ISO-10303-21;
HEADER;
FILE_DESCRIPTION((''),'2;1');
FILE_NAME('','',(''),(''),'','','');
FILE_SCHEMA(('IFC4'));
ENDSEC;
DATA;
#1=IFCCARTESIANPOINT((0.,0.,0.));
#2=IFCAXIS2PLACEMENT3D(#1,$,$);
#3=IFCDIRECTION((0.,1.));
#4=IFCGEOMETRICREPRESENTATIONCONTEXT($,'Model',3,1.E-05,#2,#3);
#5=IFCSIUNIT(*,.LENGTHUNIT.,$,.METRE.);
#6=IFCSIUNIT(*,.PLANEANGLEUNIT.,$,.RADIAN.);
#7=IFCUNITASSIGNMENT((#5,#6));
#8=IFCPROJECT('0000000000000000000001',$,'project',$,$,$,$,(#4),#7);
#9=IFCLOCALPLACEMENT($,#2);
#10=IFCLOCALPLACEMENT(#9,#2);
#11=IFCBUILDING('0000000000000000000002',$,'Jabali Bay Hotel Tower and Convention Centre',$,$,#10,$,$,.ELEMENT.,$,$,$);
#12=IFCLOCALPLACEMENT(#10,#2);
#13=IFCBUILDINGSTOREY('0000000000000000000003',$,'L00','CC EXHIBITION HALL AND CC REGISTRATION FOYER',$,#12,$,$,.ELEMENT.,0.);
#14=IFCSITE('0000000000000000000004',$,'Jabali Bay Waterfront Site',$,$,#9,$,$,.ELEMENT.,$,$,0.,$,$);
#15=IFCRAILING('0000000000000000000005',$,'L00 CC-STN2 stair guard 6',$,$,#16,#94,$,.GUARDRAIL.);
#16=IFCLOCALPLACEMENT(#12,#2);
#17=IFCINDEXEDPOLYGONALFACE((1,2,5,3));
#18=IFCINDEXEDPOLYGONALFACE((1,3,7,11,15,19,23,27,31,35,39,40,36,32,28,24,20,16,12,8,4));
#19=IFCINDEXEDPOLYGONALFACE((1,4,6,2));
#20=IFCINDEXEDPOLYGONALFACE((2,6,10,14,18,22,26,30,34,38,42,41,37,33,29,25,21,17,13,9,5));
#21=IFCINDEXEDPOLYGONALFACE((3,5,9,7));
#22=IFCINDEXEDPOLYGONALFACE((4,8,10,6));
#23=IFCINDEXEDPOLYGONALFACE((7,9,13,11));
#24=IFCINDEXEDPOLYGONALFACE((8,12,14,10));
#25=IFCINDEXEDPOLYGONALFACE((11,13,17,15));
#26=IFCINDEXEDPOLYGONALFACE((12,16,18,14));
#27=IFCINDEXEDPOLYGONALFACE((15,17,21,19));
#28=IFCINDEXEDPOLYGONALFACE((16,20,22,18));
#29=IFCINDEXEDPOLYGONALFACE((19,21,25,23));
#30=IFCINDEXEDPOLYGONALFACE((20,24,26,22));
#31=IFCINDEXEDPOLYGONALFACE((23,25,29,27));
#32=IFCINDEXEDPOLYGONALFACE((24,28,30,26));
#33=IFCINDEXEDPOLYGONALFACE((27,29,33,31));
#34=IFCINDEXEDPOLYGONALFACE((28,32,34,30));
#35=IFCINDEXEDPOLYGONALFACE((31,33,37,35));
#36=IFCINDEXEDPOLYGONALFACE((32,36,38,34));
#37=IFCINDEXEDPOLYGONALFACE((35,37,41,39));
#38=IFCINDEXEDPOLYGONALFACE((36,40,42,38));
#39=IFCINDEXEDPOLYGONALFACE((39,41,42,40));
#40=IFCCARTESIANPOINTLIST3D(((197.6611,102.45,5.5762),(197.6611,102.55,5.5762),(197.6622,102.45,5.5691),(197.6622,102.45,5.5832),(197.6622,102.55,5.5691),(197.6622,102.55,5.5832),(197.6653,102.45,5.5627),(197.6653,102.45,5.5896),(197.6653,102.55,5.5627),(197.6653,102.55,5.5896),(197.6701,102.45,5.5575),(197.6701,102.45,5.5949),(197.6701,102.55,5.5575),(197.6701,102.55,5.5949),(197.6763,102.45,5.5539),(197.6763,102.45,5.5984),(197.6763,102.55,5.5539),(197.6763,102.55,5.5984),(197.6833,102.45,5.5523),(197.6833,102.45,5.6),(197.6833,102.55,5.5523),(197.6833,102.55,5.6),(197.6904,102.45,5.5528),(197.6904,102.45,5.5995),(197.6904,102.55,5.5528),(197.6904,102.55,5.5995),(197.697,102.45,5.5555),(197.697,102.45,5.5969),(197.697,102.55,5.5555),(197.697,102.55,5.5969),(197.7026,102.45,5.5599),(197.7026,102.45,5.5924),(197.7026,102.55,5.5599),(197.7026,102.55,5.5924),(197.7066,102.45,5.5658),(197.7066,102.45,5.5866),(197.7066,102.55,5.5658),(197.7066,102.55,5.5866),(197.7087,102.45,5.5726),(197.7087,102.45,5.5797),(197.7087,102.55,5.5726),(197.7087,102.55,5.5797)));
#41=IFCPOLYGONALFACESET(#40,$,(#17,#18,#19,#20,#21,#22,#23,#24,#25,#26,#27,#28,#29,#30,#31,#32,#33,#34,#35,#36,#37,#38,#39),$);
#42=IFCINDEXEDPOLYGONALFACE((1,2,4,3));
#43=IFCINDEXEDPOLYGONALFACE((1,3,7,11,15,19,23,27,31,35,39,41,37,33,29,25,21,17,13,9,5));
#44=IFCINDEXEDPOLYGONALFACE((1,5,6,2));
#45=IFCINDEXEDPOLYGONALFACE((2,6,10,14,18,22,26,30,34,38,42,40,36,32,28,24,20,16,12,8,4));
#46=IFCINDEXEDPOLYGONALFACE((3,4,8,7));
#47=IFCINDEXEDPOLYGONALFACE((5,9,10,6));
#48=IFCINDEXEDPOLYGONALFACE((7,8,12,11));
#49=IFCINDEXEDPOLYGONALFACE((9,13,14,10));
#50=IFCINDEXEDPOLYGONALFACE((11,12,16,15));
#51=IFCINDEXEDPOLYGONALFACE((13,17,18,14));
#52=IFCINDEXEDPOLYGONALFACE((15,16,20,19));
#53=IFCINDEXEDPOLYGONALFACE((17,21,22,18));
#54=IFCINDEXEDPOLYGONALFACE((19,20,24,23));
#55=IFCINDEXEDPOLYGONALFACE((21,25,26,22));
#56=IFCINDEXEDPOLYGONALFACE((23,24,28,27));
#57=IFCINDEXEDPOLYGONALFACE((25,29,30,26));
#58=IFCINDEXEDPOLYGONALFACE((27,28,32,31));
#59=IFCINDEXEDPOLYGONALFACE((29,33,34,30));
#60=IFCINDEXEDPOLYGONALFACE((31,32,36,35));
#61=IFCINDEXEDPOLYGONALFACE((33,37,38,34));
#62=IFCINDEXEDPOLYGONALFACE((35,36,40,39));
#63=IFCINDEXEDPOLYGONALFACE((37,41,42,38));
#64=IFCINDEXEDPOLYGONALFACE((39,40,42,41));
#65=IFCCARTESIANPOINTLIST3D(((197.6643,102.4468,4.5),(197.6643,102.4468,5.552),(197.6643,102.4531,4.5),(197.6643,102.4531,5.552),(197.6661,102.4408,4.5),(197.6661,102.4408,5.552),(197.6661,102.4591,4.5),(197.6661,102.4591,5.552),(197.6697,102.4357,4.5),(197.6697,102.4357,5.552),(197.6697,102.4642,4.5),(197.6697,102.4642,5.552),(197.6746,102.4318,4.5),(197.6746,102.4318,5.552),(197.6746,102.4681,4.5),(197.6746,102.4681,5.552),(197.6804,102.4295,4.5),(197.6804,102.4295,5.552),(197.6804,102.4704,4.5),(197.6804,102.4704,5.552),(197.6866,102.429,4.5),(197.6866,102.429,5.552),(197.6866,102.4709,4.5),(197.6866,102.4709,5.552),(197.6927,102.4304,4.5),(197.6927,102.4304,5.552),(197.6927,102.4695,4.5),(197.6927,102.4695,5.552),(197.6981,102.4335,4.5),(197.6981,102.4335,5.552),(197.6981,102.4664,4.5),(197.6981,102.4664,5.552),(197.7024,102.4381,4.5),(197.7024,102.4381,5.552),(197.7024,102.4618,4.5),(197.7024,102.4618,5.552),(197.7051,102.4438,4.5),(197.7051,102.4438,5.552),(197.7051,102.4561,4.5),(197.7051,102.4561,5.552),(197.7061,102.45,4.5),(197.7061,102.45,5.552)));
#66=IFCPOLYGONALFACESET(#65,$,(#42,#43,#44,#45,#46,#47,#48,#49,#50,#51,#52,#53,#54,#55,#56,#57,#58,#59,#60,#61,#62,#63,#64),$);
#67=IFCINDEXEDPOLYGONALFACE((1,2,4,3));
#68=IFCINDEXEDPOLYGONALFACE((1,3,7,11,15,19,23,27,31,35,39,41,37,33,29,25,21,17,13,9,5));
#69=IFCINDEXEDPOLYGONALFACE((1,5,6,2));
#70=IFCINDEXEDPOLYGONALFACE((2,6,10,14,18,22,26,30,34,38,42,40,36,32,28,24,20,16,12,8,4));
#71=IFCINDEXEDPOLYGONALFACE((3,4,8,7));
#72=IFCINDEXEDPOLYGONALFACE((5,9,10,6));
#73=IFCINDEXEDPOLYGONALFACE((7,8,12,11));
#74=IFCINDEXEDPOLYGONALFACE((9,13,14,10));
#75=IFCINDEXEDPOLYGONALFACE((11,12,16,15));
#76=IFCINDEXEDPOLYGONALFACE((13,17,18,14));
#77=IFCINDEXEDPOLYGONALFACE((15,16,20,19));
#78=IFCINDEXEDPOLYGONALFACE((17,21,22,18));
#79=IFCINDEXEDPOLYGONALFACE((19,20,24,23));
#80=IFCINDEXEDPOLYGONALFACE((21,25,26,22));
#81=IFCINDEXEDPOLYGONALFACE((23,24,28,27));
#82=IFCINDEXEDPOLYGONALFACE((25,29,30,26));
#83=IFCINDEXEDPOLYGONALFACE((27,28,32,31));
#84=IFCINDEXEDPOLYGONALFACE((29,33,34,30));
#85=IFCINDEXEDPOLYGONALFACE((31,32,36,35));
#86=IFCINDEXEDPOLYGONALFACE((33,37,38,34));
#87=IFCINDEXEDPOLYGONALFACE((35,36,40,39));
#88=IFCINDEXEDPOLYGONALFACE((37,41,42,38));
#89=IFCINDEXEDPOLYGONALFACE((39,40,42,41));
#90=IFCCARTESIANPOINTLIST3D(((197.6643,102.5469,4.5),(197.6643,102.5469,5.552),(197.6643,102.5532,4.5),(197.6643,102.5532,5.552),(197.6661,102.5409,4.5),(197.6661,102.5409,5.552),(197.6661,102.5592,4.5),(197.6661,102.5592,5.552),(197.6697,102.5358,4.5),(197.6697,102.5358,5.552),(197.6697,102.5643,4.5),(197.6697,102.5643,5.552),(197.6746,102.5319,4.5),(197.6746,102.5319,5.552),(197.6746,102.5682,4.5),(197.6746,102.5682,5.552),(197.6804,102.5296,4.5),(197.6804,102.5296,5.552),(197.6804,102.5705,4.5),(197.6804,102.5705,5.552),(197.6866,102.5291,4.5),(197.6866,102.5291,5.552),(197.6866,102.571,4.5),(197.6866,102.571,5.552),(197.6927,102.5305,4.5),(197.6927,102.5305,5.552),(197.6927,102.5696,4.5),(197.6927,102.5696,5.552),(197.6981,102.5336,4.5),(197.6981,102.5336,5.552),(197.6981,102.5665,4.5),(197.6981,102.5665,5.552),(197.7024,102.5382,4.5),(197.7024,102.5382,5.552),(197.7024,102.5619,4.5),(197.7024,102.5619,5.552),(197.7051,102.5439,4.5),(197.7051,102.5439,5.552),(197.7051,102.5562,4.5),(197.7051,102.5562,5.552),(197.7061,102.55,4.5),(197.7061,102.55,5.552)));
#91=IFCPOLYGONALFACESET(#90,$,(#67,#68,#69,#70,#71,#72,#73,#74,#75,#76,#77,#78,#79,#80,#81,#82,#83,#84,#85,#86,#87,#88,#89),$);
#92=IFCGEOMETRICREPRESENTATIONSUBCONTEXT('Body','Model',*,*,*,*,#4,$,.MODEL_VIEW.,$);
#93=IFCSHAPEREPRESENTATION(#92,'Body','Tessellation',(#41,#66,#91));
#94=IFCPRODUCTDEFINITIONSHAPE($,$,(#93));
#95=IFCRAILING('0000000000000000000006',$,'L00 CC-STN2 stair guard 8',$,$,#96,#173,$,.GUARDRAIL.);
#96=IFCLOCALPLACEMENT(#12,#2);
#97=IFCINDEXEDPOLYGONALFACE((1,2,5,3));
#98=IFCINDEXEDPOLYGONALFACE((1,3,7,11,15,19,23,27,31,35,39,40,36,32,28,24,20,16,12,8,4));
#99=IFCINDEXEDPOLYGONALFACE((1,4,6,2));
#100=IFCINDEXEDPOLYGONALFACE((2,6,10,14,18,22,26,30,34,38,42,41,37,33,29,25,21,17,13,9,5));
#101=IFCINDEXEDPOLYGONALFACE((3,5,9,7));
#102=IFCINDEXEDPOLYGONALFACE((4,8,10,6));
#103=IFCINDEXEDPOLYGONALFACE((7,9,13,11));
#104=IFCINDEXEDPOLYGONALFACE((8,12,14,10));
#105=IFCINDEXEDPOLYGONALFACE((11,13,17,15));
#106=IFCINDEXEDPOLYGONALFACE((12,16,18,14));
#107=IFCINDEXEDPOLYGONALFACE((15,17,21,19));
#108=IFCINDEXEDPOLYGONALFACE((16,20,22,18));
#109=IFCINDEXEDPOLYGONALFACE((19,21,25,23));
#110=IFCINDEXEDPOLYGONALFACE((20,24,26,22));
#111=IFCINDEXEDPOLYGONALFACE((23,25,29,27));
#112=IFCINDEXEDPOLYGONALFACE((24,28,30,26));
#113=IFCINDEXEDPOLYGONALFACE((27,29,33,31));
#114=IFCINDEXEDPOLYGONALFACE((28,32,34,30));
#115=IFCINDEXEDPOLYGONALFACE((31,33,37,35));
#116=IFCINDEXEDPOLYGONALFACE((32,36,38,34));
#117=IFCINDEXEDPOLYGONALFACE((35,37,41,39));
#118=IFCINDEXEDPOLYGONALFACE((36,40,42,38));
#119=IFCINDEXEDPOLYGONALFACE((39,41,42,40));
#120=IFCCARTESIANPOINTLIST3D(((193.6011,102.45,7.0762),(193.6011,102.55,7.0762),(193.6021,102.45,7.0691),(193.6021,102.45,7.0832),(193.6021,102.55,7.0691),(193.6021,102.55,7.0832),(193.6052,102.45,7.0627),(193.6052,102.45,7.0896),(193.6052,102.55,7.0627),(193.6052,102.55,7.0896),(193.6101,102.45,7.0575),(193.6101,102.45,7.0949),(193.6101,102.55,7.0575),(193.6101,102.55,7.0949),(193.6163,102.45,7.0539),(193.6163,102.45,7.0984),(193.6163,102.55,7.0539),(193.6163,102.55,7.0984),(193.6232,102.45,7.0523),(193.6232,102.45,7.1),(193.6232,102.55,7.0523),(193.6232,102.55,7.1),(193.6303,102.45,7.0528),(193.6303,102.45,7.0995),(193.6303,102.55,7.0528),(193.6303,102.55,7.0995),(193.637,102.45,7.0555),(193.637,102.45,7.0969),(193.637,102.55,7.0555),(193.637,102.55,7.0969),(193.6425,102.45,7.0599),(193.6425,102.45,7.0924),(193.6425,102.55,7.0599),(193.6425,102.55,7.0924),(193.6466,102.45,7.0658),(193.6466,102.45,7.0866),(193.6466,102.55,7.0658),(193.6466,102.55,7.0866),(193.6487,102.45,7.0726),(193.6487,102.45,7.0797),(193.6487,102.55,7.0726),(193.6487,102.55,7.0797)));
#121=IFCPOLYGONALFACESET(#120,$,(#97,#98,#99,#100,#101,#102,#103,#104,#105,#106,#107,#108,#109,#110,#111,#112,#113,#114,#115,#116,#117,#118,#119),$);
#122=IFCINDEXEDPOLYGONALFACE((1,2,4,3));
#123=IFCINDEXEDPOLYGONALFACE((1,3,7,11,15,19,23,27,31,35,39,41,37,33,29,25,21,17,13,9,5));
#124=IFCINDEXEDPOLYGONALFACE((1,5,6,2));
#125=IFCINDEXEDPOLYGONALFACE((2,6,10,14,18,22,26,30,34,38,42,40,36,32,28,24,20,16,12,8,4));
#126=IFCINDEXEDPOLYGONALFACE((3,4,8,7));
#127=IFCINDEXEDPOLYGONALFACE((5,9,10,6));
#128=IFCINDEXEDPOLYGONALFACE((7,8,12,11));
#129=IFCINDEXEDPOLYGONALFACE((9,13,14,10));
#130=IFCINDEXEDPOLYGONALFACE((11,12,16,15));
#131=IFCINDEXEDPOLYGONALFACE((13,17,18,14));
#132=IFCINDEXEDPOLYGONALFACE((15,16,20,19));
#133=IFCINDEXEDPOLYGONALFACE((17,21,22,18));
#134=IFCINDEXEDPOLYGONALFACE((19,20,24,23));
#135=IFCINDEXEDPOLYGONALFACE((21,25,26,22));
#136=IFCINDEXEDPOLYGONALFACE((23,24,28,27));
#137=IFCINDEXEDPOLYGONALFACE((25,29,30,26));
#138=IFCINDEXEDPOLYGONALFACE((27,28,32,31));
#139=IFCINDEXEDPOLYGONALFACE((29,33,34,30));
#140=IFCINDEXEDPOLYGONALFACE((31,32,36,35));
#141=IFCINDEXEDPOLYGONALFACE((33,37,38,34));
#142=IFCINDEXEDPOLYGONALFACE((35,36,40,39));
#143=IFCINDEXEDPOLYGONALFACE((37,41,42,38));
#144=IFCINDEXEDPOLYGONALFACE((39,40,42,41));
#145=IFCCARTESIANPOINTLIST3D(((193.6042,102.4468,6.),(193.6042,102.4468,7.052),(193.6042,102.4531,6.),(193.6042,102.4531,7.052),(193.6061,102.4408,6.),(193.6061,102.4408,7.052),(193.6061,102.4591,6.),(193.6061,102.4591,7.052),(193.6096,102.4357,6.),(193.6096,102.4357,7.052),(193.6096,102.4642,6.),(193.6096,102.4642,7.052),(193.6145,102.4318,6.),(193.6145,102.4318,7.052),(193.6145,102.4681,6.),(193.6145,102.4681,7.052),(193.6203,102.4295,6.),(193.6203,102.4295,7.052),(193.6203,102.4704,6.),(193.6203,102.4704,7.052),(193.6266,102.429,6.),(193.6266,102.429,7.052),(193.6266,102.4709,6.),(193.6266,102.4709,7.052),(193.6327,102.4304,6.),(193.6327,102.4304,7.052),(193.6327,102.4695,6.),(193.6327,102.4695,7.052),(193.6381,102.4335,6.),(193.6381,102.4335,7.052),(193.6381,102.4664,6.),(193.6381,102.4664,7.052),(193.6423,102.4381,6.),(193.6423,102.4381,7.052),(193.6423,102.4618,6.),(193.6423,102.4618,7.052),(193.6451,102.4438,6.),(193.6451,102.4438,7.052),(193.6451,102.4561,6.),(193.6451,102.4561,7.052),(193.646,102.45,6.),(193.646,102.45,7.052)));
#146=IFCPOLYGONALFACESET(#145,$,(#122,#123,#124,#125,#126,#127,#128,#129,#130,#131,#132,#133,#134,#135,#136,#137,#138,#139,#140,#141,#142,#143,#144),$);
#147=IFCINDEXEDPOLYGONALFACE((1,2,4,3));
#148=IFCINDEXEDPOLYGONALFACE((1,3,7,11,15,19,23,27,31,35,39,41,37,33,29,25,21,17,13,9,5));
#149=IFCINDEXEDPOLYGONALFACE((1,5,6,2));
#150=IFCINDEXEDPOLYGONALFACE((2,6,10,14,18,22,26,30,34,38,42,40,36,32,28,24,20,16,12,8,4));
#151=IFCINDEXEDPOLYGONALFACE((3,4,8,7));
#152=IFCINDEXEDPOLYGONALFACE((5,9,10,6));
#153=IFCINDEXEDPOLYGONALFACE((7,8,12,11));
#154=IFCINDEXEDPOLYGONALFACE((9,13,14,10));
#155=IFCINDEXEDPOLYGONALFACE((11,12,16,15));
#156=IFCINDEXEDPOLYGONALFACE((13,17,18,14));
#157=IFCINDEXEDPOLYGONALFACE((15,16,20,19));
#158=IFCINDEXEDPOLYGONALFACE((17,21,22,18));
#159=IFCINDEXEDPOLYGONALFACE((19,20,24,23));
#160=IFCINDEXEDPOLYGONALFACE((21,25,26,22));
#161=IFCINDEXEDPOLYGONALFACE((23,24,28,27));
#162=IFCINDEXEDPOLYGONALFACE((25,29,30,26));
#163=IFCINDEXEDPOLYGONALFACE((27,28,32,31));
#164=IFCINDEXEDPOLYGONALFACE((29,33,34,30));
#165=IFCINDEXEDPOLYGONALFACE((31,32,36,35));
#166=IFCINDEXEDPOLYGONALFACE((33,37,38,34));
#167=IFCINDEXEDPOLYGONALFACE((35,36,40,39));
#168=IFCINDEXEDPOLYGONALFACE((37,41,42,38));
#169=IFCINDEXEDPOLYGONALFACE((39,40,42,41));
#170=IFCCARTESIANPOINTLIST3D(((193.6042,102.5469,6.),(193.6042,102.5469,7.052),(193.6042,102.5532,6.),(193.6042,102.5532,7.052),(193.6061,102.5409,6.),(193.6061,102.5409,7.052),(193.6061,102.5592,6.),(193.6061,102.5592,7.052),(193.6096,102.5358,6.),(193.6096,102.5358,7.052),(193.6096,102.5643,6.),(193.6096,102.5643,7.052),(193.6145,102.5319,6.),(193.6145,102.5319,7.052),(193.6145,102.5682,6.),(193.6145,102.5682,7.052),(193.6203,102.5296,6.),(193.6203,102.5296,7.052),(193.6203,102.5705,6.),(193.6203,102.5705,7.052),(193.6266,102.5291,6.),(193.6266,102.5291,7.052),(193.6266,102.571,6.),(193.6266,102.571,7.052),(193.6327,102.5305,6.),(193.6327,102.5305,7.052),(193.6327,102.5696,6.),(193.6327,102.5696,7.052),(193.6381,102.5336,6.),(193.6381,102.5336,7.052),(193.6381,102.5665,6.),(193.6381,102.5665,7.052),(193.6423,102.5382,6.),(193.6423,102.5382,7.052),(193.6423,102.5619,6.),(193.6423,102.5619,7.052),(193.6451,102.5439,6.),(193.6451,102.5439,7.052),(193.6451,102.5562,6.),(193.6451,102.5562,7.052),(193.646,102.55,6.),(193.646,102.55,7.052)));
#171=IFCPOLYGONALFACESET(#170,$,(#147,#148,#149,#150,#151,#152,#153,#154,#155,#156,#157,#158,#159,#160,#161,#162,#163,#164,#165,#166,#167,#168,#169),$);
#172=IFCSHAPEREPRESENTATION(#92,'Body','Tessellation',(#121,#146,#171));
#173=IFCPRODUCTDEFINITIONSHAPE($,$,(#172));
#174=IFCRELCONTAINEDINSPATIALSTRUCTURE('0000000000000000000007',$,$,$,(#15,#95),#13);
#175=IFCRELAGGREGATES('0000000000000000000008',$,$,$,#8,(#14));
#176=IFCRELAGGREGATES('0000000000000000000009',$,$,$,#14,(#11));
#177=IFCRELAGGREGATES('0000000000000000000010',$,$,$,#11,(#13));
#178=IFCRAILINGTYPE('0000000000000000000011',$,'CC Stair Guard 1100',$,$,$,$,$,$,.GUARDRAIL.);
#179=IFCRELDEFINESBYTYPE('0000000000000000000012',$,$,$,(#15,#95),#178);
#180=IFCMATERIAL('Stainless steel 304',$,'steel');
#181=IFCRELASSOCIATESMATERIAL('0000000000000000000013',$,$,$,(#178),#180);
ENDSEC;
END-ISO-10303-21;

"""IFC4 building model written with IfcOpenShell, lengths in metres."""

from ifc_helpers import new_model, si_unit, direction, frame, origin, origin_2d, place, context, subcontext, project, spatial, circle, extrude, material, type_object, element, save


model = new_model("IFC4")

# Units and contexts
model_context = context("Model", 3, precision=1e-05, world=origin(), true_north=direction((0.0, 1.0)))
body_context = subcontext(model_context, "Body", "Model", "MODEL_VIEW")
ifc_project = project(units=[si_unit("LENGTHUNIT", "METRE"), si_unit("PLANEANGLEUNIT", "RADIAN")], contexts=[model_context])

# Site, building, storey
site_placement = place(None, origin())
site = spatial("IfcSite", under=ifc_project, at=site_placement, Name="Jabali Bay Waterfront Site", CompositionType="ELEMENT", RefElevation=0.0)
building_placement = place(site_placement, origin())
building = spatial("IfcBuilding", under=site, at=building_placement, Name="Jabali Bay Hotel Tower and Convention Centre", CompositionType="ELEMENT")
storey_placement = place(building_placement, origin())
storey = spatial("IfcBuildingStorey", under=building, at=storey_placement, Name="L00", Description="CC EXHIBITION HALL AND CC REGISTRATION FOYER", CompositionType="ELEMENT", Elevation=0.0)

# Railings
ifc_material_1 = material(Name="Stainless steel 304", Category="steel")
railing_type_1 = type_object("IfcRailingType", Name="CC Stair Guard 1100", PredefinedType="GUARDRAIL", material=ifc_material_1)
for number, where, name in (
    (1, (197.6851, 102.45, 4.5), "L00 CC-STN2 stair guard 6"),
    (2, (193.625, 102.45, 6.0), "L00 CC-STN2 stair guard 8"),
):
    element("IfcRailing", number, at=place(storey_placement, frame(where)), inside=storey, type_object=railing_type_1, Name=name, PredefinedType="GUARDRAIL", context=body_context, shape_type="SweptSolid", body=[
        extrude(circle(Radius=0.0239, at=origin_2d()), frame((0.0, 0.0, 1.0762), z_axis=(0.0, 1.0, 0.0), x_axis=(-1.0, 0.0, 0.0)), (0.0, 0.0, 1.0), 0.1001),
        extrude(circle(Radius=0.021, at=origin_2d()), origin(), (0.0, 0.0, 1.0), 1.052),
        extrude(circle(Radius=0.021, at=origin_2d()), frame((0.0, 0.1001, 0.0)), (0.0, 0.0, 1.0), 1.052),
    ])

save(model, "model.ifc")
